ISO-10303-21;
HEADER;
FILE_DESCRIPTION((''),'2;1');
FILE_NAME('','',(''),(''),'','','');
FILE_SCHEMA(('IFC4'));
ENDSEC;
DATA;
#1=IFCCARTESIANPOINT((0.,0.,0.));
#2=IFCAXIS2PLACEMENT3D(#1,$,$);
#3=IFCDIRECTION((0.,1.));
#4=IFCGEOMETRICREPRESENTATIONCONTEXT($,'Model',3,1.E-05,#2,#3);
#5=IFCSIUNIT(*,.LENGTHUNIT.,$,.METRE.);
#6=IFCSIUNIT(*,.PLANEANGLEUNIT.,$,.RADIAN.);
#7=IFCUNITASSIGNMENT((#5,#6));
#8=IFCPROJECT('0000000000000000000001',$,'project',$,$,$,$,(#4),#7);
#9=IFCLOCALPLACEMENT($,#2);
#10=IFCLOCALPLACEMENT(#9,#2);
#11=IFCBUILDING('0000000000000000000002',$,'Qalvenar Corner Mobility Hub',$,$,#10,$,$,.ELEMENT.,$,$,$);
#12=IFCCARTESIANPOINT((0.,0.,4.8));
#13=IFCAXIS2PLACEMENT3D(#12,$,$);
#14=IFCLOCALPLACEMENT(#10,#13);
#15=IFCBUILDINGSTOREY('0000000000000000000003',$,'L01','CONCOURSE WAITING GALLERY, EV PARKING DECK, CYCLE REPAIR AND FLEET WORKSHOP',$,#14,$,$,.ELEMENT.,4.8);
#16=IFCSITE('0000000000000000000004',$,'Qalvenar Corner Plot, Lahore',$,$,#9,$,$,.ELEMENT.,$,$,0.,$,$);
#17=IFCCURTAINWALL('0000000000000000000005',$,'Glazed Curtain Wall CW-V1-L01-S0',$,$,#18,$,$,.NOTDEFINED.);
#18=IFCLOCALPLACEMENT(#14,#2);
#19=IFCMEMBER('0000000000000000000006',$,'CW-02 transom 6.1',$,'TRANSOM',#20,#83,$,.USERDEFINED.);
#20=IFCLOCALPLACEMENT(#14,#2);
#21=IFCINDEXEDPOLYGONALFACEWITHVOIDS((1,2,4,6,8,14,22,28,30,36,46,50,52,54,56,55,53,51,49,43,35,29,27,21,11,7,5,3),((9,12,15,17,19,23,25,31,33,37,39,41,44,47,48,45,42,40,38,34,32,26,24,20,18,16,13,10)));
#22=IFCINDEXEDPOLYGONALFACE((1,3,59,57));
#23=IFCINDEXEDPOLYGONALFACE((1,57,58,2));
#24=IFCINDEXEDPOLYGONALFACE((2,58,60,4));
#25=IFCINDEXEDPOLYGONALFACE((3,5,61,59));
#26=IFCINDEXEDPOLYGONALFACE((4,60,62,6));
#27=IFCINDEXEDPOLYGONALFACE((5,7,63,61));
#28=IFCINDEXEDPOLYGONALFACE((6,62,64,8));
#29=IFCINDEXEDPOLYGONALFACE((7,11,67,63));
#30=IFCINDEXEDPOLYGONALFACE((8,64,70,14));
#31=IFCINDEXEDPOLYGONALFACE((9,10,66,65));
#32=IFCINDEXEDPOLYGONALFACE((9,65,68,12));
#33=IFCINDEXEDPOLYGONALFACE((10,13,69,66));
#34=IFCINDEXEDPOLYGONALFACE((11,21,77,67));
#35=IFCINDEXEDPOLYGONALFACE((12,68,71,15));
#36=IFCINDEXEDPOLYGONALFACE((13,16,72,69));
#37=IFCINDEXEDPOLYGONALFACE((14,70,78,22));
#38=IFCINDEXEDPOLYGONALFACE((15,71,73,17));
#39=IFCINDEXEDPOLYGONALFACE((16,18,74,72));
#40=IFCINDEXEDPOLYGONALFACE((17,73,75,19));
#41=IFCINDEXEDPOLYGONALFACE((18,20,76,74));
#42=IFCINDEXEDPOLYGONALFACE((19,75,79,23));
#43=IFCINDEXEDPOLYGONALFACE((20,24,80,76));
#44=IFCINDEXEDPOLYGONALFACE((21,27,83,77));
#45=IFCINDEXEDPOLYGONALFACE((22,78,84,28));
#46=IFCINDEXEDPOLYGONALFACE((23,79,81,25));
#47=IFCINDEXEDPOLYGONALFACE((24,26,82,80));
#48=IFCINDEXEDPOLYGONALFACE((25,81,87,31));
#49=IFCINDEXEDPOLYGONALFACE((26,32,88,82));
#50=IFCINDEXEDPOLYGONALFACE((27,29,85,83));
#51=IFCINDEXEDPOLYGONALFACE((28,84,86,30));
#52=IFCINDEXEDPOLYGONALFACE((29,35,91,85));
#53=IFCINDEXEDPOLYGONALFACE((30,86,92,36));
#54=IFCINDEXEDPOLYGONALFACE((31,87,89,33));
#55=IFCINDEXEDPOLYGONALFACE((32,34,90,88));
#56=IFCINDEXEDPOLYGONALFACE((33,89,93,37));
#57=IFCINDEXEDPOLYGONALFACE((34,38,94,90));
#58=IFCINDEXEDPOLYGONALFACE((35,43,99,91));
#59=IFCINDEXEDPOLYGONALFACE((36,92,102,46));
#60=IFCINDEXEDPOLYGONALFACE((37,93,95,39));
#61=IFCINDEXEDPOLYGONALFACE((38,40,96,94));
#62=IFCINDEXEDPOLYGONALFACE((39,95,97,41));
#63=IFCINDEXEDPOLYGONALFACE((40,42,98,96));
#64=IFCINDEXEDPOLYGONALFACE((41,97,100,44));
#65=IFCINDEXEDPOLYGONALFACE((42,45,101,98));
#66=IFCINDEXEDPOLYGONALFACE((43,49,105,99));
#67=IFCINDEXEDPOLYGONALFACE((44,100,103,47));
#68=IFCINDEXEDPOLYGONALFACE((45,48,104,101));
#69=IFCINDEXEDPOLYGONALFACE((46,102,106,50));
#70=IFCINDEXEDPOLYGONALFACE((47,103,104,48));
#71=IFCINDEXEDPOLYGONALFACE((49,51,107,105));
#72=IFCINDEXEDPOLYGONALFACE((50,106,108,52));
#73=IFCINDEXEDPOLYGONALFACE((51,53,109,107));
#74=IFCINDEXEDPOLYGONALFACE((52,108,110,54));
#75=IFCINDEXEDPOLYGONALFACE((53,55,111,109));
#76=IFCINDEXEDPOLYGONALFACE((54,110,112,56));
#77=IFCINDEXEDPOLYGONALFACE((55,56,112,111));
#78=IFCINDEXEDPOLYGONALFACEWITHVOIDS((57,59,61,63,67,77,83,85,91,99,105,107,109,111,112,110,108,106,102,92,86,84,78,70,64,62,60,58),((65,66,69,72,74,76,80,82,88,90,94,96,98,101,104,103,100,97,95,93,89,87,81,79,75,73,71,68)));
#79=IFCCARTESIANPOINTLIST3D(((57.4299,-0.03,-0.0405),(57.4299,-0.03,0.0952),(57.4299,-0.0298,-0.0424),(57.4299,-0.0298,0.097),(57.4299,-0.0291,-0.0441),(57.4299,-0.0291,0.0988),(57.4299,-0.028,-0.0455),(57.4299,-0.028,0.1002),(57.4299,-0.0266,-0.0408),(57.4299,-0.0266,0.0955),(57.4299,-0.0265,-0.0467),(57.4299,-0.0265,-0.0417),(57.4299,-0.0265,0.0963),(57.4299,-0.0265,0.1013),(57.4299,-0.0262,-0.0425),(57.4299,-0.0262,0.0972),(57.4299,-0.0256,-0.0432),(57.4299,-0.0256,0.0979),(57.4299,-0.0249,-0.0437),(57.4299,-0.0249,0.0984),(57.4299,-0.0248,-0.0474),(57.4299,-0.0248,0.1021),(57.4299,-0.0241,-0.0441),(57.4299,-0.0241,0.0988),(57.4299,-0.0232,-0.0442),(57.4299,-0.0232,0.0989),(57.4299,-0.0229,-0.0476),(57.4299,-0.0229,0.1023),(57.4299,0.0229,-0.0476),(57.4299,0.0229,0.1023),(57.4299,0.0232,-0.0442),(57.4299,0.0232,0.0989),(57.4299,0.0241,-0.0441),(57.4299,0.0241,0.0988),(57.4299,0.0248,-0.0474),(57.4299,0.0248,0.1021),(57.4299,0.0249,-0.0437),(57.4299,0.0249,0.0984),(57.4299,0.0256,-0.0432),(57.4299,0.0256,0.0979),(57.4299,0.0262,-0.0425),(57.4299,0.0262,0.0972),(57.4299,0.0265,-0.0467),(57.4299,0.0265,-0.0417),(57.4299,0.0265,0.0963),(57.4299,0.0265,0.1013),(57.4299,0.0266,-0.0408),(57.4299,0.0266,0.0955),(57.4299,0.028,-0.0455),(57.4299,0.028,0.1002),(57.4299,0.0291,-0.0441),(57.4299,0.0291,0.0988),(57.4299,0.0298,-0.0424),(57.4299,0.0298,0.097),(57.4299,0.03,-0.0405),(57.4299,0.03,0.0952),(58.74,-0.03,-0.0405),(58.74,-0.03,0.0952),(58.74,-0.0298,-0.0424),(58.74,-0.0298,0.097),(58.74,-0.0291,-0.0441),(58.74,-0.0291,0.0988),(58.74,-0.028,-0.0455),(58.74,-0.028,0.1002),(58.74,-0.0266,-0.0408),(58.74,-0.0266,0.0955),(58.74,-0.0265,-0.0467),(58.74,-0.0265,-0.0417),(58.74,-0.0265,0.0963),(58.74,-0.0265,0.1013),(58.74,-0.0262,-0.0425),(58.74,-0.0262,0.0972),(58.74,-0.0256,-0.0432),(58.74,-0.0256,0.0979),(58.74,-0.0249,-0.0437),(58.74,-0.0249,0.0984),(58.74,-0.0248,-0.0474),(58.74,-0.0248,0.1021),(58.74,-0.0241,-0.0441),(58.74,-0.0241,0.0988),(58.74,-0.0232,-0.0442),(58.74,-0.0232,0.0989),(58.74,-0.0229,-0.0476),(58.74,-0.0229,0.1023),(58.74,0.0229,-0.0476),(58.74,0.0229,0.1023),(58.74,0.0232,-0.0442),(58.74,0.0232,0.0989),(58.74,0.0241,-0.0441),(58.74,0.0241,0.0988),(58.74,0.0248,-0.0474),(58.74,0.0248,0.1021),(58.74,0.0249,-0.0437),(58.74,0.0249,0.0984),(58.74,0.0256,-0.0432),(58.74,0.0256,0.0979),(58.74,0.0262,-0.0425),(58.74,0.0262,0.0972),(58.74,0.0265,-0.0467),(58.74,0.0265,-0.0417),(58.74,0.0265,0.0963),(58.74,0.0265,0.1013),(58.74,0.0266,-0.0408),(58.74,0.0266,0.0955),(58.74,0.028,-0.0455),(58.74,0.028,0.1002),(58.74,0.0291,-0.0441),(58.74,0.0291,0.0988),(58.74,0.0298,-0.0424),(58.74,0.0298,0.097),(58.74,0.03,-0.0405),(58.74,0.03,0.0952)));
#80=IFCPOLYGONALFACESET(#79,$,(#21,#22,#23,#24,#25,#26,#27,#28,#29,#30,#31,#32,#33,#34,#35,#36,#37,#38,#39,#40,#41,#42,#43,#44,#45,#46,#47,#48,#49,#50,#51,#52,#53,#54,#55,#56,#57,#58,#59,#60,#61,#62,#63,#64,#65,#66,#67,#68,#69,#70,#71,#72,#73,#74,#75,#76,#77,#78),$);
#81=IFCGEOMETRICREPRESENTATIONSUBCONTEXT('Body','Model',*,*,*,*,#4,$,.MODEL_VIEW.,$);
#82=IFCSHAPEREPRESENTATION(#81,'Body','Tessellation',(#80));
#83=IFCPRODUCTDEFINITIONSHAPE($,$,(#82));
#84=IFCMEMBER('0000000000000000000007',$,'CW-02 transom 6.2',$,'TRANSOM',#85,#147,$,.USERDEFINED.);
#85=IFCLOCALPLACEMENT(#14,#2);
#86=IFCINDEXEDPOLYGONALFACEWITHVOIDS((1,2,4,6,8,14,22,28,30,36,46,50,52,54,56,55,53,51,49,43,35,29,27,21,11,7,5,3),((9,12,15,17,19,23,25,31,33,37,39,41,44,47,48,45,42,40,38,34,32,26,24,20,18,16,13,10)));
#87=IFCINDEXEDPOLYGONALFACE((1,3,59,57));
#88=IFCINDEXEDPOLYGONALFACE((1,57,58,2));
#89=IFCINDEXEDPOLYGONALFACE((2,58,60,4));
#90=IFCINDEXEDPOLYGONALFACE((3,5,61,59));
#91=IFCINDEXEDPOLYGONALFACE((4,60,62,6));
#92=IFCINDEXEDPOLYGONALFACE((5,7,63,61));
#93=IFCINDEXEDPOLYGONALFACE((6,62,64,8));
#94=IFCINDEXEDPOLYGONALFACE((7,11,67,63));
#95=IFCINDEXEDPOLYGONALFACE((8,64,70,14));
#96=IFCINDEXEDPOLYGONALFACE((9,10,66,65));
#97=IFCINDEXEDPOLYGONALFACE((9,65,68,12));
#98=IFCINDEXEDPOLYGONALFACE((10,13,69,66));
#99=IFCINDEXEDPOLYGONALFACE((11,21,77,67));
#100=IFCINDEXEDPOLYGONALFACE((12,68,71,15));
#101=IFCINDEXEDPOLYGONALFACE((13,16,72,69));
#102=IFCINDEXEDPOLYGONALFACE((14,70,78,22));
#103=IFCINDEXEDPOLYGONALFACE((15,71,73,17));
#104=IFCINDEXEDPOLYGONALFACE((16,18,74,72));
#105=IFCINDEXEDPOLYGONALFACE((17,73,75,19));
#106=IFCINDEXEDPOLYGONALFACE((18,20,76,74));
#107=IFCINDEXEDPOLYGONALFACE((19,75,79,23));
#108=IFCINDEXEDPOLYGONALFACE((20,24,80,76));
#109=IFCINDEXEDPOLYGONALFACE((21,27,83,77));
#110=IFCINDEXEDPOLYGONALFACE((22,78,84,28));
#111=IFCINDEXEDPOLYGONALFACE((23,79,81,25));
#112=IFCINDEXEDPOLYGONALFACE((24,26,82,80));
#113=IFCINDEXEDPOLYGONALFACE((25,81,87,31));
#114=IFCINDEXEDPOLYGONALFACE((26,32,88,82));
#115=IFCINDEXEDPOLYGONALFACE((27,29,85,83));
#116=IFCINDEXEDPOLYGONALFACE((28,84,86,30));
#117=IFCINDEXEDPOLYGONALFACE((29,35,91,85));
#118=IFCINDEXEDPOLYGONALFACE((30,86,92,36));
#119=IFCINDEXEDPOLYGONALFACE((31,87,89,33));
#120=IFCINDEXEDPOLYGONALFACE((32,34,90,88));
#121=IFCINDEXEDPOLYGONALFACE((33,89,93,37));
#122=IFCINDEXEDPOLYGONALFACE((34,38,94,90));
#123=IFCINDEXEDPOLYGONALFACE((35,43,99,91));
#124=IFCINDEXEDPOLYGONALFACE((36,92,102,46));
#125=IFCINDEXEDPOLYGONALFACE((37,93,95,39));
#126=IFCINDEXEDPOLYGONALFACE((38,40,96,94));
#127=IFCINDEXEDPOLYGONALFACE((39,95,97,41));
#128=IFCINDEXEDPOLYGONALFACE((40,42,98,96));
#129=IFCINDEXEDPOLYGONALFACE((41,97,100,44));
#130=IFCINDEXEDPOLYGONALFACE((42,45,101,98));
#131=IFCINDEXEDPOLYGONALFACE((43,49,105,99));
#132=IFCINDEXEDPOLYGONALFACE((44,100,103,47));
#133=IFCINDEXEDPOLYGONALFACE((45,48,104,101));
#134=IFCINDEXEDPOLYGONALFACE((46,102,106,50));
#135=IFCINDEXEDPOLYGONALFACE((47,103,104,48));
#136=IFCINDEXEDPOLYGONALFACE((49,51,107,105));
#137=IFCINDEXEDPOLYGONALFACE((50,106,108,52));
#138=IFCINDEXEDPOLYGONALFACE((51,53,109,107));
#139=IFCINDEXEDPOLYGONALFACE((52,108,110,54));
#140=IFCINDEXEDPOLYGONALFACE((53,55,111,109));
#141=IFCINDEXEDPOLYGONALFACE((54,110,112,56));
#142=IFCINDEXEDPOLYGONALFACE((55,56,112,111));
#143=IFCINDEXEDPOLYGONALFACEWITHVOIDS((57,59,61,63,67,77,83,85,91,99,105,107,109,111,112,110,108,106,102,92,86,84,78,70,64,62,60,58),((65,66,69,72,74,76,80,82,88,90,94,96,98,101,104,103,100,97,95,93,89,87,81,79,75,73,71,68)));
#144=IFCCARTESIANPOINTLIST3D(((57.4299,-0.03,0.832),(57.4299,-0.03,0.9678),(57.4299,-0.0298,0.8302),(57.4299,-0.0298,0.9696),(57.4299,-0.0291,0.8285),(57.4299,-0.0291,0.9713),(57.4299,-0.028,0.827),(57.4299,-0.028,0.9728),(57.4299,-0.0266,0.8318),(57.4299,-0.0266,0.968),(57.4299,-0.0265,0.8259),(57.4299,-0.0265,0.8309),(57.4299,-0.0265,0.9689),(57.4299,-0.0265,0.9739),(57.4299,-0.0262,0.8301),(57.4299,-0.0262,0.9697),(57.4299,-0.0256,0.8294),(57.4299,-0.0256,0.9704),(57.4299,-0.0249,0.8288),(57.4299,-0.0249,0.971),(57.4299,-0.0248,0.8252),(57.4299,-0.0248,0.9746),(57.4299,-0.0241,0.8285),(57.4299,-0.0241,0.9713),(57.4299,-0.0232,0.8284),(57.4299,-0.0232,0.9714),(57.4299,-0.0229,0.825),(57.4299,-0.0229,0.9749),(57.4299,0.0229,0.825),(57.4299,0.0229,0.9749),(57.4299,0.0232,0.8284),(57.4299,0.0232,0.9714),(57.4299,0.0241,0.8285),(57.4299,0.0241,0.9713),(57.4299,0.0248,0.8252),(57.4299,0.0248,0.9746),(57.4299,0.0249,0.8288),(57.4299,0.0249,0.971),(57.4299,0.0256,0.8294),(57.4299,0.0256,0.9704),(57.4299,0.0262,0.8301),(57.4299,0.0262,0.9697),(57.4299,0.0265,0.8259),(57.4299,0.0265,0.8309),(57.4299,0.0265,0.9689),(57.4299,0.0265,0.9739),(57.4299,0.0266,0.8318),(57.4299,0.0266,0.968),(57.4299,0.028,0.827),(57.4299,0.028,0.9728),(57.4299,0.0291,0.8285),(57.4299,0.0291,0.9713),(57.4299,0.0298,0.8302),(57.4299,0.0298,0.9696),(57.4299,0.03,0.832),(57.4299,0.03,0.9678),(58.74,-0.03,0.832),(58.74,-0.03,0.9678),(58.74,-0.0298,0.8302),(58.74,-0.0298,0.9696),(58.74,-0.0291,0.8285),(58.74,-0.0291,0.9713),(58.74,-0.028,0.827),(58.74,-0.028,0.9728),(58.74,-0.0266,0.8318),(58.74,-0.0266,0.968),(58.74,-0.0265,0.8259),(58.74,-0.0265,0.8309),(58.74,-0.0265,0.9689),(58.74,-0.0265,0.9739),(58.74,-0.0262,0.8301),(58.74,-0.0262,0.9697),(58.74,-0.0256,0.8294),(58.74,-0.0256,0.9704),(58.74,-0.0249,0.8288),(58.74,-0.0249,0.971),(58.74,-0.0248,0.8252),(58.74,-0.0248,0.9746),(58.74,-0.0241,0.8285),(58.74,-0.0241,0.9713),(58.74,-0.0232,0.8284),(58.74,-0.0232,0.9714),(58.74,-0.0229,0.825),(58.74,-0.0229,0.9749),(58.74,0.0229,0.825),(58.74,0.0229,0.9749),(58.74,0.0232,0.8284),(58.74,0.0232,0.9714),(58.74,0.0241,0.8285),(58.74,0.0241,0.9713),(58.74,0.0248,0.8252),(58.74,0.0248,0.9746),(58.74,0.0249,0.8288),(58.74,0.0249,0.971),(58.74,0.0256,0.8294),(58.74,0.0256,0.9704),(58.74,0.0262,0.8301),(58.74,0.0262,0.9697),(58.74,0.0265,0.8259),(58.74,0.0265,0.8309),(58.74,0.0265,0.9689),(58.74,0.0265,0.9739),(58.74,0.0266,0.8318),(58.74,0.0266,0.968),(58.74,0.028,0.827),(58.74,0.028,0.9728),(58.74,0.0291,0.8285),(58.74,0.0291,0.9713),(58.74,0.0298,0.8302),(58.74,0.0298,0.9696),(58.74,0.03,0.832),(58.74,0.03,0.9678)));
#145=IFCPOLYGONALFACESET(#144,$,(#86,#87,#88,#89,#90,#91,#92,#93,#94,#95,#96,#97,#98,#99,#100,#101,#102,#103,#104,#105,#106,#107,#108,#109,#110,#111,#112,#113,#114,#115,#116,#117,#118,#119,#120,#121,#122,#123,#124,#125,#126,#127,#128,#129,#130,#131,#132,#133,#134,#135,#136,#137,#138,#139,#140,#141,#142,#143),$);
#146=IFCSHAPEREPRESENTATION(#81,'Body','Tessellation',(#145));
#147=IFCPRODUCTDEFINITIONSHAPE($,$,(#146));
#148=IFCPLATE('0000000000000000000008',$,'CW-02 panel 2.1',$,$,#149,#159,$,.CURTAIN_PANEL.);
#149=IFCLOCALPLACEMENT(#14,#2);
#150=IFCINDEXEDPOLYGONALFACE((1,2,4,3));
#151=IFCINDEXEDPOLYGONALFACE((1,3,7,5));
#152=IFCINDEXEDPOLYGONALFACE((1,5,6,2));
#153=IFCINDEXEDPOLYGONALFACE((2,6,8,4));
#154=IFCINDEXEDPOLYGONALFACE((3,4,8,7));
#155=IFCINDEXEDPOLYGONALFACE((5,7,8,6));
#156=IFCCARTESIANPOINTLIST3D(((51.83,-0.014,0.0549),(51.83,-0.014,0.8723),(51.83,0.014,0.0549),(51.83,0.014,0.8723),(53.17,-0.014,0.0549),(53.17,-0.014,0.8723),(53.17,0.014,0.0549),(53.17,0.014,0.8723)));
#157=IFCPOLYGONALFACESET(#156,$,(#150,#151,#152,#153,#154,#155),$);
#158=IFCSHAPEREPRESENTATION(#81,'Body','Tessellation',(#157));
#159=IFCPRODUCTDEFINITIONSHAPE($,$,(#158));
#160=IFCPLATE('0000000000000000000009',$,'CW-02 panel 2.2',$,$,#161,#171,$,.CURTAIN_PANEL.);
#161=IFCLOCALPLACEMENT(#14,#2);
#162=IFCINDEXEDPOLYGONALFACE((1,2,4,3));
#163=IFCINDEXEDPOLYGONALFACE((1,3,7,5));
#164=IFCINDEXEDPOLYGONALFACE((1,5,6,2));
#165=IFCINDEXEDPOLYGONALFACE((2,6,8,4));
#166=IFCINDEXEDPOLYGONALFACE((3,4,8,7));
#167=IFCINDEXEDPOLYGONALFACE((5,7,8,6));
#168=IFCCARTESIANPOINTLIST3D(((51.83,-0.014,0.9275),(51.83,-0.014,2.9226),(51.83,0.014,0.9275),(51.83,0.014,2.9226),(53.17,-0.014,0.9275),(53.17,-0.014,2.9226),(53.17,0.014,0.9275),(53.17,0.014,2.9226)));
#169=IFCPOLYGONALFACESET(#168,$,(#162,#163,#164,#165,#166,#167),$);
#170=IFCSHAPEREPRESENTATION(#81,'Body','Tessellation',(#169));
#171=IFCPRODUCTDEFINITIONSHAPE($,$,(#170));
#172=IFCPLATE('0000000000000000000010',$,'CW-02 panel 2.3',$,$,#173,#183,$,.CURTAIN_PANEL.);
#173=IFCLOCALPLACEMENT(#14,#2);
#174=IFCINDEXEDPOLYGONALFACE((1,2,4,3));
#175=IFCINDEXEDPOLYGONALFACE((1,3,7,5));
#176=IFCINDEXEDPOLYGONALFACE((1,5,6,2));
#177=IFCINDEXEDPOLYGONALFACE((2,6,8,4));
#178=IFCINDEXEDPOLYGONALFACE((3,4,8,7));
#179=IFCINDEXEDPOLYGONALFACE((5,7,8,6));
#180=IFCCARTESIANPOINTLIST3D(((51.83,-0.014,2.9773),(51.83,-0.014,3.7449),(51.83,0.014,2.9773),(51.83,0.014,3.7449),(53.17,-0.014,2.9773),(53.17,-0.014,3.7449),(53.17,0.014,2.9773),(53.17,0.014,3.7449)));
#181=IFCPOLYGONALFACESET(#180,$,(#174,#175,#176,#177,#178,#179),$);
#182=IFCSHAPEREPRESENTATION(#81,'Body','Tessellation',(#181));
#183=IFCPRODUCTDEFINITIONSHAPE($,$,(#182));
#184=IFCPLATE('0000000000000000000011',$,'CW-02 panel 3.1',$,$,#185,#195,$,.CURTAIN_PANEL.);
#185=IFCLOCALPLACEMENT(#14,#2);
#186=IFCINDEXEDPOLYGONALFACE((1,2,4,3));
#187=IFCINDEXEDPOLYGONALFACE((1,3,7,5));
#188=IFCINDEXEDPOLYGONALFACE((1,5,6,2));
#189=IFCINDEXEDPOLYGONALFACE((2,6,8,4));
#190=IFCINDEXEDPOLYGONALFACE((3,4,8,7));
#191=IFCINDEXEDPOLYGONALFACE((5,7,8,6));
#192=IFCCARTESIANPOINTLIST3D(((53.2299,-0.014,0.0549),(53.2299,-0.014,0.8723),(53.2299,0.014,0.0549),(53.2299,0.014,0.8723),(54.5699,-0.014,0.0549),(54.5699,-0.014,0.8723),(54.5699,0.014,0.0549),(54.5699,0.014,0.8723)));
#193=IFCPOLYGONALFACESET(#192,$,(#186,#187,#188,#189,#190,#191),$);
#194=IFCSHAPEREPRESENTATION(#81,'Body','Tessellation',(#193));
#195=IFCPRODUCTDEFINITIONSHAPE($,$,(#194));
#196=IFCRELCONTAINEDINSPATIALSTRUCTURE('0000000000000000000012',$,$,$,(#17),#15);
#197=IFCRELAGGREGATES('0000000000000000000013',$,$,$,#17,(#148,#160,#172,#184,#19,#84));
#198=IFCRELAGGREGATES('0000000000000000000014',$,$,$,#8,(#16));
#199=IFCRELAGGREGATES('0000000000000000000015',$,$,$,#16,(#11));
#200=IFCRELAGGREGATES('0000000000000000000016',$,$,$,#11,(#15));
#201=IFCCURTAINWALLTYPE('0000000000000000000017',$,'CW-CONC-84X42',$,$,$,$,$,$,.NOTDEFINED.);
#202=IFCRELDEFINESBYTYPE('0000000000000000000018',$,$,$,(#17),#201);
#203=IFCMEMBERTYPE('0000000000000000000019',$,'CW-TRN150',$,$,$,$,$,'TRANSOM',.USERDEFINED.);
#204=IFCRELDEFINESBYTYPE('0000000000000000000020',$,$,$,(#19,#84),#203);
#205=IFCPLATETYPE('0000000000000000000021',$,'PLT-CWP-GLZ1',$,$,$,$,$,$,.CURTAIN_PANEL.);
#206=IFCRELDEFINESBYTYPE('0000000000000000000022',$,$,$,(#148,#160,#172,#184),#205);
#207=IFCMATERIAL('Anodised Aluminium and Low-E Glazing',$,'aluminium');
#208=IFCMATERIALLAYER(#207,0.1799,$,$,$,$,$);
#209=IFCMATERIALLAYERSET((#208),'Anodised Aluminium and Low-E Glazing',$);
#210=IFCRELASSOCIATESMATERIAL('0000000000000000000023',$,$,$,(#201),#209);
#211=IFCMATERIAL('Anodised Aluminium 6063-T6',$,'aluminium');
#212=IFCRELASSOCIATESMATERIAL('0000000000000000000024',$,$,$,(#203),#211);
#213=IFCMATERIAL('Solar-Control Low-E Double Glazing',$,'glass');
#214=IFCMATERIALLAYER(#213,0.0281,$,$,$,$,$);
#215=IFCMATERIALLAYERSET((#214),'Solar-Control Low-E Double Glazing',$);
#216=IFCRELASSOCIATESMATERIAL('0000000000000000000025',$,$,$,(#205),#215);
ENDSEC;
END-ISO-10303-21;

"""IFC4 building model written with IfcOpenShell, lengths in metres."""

from ifc_helpers import new_model, si_unit, direction, frame, origin, origin_2d, place, context, subcontext, project, spatial, rectangle, hollow_rectangle, extrude, material, layer, layer_set, material_profile, profile_set, type_object, element, aggregate, save


model = new_model("IFC4")

# Units and contexts
model_context = context("Model", 3, precision=1e-05, world=origin(), true_north=direction((0.0, 1.0)))
body_context = subcontext(model_context, "Body", "Model", "MODEL_VIEW")
ifc_project = project(units=[si_unit("LENGTHUNIT", "METRE"), si_unit("PLANEANGLEUNIT", "RADIAN")], contexts=[model_context])

# Site, building, storey
site_placement = place(None, origin())
site = spatial("IfcSite", under=ifc_project, at=site_placement, Name="Qalvenar Corner Plot, Lahore", CompositionType="ELEMENT", RefElevation=0.0)
building_placement = place(site_placement, origin())
building = spatial("IfcBuilding", under=site, at=building_placement, Name="Qalvenar Corner Mobility Hub", CompositionType="ELEMENT")
storey_placement = place(building_placement, frame((0.0, 0.0, 4.8)))
storey = spatial("IfcBuildingStorey", under=building, at=storey_placement, Name="L01", Description="CONCOURSE WAITING GALLERY, EV PARKING DECK, CYCLE REPAIR AND FLEET WORKSHOP", CompositionType="ELEMENT", Elevation=4.8)

# Curtain wall, members, plates
ifc_material_1 = material(Name="Anodised Aluminium and Low-E Glazing", Category="aluminium")
ifc_layer_1 = layer(ifc_material_1, 0.1799)
ifc_layer_set_1 = layer_set([ifc_layer_1], Name="Anodised Aluminium and Low-E Glazing")
curtain_wall_type = type_object("IfcCurtainWallType", Name="CW-CONC-84X42", PredefinedType="NOTDEFINED", material=ifc_layer_set_1)
curtain_wall_placement = place(storey_placement, origin())
curtain_wall = element("IfcCurtainWall", 1, at=curtain_wall_placement, inside=storey, type_object=curtain_wall_type, Name="Glazed Curtain Wall CW-V1-L01-S0", PredefinedType="NOTDEFINED")
ifc_material_2 = material(Name="Anodised Aluminium 6063-T6", Category="aluminium")
ifc_material_profile_1 = material_profile(ifc_material_2, hollow_rectangle(XDim=0.0601, YDim=0.1499, WallThickness=0.0034, InnerFilletRadius=0.0034, OuterFilletRadius=0.0071, at=origin_2d()), Name="RHS150x60x3.5")
ifc_profile_set_1 = profile_set([ifc_material_profile_1], Name="Anodised Aluminium 6063-T6")
member_type_1 = type_object("IfcMemberType", Name="CW-TRN150", ElementType="TRANSOM", PredefinedType="USERDEFINED", material=ifc_profile_set_1)
member_1_placement = place(storey_placement, frame((57.4299, 0.0, 0.0273), z_axis=(1.0, 0.0, 0.0), x_axis=(0.0, 1.0, 0.0)))
member_1 = element("IfcMember", 2, at=member_1_placement, type_object=member_type_1, Name="CW-02 transom 6.1", ObjectType="TRANSOM", PredefinedType="USERDEFINED", context=body_context, shape_type="SweptSolid", body=[
    extrude(hollow_rectangle(XDim=0.0601, YDim=0.1499, WallThickness=0.0034, InnerFilletRadius=0.0034, OuterFilletRadius=0.0071, at=origin_2d()), origin(), (0.0, 0.0, 1.0), 1.3101),
])
member_2_placement = place(storey_placement, frame((57.4299, 0.0, 0.8999), z_axis=(1.0, 0.0, 0.0), x_axis=(0.0, 1.0, 0.0)))
member_2 = element("IfcMember", 3, at=member_2_placement, type_object=member_type_1, Name="CW-02 transom 6.2", ObjectType="TRANSOM", PredefinedType="USERDEFINED", context=body_context, shape_type="SweptSolid", body=[
    extrude(hollow_rectangle(XDim=0.0601, YDim=0.1499, WallThickness=0.0034, InnerFilletRadius=0.0034, OuterFilletRadius=0.0071, at=origin_2d()), origin(), (0.0, 0.0, 1.0), 1.3101),
])
ifc_material_3 = material(Name="Solar-Control Low-E Double Glazing", Category="glass")
ifc_layer_2 = layer(ifc_material_3, 0.0281)
ifc_layer_set_2 = layer_set([ifc_layer_2], Name="Solar-Control Low-E Double Glazing")
plate_type = type_object("IfcPlateType", Name="PLT-CWP-GLZ1", PredefinedType="CURTAIN_PANEL", material=ifc_layer_set_2)
plate_1_placement = place(storey_placement, frame((52.5, 0.0, 0.0549), z_axis=(0.0, 0.0, 1.0), x_axis=(1.0, 0.0, 0.0)))
plate_1 = element("IfcPlate", 4, at=plate_1_placement, type_object=plate_type, Name="CW-02 panel 2.1", PredefinedType="CURTAIN_PANEL", context=body_context, shape_type="SweptSolid", body=[
    extrude(rectangle(XDim=1.3401, YDim=0.0281, at=origin_2d()), origin(), (0.0, 0.0, 1.0), 0.8174),
])
plate_2_placement = place(storey_placement, frame((52.5, 0.0, 0.9275), z_axis=(0.0, 0.0, 1.0), x_axis=(1.0, 0.0, 0.0)))
plate_2 = element("IfcPlate", 5, at=plate_2_placement, type_object=plate_type, Name="CW-02 panel 2.2", PredefinedType="CURTAIN_PANEL", context=body_context, shape_type="SweptSolid", body=[
    extrude(rectangle(XDim=1.3401, YDim=0.0281, at=origin_2d()), origin(), (0.0, 0.0, 1.0), 1.9951),
])
plate_3_placement = place(storey_placement, frame((52.5, 0.0, 2.9773), z_axis=(0.0, 0.0, 1.0), x_axis=(1.0, 0.0, 0.0)))
plate_3 = element("IfcPlate", 6, at=plate_3_placement, type_object=plate_type, Name="CW-02 panel 2.3", PredefinedType="CURTAIN_PANEL", context=body_context, shape_type="SweptSolid", body=[
    extrude(rectangle(XDim=1.3401, YDim=0.0281, at=origin_2d()), origin(), (0.0, 0.0, 1.0), 0.7676),
])
plate_4_placement = place(storey_placement, frame((53.8999, 0.0, 0.0549), z_axis=(0.0, 0.0, 1.0), x_axis=(1.0, 0.0, 0.0)))
plate_4 = element("IfcPlate", 7, at=plate_4_placement, type_object=plate_type, Name="CW-02 panel 3.1", PredefinedType="CURTAIN_PANEL", context=body_context, shape_type="SweptSolid", body=[
    extrude(rectangle(XDim=1.3401, YDim=0.0281, at=origin_2d()), origin(), (0.0, 0.0, 1.0), 0.8174),
])
aggregate(curtain_wall, [plate_1, plate_2, plate_3, plate_4, member_1, member_2])

save(model, "model.ifc")
